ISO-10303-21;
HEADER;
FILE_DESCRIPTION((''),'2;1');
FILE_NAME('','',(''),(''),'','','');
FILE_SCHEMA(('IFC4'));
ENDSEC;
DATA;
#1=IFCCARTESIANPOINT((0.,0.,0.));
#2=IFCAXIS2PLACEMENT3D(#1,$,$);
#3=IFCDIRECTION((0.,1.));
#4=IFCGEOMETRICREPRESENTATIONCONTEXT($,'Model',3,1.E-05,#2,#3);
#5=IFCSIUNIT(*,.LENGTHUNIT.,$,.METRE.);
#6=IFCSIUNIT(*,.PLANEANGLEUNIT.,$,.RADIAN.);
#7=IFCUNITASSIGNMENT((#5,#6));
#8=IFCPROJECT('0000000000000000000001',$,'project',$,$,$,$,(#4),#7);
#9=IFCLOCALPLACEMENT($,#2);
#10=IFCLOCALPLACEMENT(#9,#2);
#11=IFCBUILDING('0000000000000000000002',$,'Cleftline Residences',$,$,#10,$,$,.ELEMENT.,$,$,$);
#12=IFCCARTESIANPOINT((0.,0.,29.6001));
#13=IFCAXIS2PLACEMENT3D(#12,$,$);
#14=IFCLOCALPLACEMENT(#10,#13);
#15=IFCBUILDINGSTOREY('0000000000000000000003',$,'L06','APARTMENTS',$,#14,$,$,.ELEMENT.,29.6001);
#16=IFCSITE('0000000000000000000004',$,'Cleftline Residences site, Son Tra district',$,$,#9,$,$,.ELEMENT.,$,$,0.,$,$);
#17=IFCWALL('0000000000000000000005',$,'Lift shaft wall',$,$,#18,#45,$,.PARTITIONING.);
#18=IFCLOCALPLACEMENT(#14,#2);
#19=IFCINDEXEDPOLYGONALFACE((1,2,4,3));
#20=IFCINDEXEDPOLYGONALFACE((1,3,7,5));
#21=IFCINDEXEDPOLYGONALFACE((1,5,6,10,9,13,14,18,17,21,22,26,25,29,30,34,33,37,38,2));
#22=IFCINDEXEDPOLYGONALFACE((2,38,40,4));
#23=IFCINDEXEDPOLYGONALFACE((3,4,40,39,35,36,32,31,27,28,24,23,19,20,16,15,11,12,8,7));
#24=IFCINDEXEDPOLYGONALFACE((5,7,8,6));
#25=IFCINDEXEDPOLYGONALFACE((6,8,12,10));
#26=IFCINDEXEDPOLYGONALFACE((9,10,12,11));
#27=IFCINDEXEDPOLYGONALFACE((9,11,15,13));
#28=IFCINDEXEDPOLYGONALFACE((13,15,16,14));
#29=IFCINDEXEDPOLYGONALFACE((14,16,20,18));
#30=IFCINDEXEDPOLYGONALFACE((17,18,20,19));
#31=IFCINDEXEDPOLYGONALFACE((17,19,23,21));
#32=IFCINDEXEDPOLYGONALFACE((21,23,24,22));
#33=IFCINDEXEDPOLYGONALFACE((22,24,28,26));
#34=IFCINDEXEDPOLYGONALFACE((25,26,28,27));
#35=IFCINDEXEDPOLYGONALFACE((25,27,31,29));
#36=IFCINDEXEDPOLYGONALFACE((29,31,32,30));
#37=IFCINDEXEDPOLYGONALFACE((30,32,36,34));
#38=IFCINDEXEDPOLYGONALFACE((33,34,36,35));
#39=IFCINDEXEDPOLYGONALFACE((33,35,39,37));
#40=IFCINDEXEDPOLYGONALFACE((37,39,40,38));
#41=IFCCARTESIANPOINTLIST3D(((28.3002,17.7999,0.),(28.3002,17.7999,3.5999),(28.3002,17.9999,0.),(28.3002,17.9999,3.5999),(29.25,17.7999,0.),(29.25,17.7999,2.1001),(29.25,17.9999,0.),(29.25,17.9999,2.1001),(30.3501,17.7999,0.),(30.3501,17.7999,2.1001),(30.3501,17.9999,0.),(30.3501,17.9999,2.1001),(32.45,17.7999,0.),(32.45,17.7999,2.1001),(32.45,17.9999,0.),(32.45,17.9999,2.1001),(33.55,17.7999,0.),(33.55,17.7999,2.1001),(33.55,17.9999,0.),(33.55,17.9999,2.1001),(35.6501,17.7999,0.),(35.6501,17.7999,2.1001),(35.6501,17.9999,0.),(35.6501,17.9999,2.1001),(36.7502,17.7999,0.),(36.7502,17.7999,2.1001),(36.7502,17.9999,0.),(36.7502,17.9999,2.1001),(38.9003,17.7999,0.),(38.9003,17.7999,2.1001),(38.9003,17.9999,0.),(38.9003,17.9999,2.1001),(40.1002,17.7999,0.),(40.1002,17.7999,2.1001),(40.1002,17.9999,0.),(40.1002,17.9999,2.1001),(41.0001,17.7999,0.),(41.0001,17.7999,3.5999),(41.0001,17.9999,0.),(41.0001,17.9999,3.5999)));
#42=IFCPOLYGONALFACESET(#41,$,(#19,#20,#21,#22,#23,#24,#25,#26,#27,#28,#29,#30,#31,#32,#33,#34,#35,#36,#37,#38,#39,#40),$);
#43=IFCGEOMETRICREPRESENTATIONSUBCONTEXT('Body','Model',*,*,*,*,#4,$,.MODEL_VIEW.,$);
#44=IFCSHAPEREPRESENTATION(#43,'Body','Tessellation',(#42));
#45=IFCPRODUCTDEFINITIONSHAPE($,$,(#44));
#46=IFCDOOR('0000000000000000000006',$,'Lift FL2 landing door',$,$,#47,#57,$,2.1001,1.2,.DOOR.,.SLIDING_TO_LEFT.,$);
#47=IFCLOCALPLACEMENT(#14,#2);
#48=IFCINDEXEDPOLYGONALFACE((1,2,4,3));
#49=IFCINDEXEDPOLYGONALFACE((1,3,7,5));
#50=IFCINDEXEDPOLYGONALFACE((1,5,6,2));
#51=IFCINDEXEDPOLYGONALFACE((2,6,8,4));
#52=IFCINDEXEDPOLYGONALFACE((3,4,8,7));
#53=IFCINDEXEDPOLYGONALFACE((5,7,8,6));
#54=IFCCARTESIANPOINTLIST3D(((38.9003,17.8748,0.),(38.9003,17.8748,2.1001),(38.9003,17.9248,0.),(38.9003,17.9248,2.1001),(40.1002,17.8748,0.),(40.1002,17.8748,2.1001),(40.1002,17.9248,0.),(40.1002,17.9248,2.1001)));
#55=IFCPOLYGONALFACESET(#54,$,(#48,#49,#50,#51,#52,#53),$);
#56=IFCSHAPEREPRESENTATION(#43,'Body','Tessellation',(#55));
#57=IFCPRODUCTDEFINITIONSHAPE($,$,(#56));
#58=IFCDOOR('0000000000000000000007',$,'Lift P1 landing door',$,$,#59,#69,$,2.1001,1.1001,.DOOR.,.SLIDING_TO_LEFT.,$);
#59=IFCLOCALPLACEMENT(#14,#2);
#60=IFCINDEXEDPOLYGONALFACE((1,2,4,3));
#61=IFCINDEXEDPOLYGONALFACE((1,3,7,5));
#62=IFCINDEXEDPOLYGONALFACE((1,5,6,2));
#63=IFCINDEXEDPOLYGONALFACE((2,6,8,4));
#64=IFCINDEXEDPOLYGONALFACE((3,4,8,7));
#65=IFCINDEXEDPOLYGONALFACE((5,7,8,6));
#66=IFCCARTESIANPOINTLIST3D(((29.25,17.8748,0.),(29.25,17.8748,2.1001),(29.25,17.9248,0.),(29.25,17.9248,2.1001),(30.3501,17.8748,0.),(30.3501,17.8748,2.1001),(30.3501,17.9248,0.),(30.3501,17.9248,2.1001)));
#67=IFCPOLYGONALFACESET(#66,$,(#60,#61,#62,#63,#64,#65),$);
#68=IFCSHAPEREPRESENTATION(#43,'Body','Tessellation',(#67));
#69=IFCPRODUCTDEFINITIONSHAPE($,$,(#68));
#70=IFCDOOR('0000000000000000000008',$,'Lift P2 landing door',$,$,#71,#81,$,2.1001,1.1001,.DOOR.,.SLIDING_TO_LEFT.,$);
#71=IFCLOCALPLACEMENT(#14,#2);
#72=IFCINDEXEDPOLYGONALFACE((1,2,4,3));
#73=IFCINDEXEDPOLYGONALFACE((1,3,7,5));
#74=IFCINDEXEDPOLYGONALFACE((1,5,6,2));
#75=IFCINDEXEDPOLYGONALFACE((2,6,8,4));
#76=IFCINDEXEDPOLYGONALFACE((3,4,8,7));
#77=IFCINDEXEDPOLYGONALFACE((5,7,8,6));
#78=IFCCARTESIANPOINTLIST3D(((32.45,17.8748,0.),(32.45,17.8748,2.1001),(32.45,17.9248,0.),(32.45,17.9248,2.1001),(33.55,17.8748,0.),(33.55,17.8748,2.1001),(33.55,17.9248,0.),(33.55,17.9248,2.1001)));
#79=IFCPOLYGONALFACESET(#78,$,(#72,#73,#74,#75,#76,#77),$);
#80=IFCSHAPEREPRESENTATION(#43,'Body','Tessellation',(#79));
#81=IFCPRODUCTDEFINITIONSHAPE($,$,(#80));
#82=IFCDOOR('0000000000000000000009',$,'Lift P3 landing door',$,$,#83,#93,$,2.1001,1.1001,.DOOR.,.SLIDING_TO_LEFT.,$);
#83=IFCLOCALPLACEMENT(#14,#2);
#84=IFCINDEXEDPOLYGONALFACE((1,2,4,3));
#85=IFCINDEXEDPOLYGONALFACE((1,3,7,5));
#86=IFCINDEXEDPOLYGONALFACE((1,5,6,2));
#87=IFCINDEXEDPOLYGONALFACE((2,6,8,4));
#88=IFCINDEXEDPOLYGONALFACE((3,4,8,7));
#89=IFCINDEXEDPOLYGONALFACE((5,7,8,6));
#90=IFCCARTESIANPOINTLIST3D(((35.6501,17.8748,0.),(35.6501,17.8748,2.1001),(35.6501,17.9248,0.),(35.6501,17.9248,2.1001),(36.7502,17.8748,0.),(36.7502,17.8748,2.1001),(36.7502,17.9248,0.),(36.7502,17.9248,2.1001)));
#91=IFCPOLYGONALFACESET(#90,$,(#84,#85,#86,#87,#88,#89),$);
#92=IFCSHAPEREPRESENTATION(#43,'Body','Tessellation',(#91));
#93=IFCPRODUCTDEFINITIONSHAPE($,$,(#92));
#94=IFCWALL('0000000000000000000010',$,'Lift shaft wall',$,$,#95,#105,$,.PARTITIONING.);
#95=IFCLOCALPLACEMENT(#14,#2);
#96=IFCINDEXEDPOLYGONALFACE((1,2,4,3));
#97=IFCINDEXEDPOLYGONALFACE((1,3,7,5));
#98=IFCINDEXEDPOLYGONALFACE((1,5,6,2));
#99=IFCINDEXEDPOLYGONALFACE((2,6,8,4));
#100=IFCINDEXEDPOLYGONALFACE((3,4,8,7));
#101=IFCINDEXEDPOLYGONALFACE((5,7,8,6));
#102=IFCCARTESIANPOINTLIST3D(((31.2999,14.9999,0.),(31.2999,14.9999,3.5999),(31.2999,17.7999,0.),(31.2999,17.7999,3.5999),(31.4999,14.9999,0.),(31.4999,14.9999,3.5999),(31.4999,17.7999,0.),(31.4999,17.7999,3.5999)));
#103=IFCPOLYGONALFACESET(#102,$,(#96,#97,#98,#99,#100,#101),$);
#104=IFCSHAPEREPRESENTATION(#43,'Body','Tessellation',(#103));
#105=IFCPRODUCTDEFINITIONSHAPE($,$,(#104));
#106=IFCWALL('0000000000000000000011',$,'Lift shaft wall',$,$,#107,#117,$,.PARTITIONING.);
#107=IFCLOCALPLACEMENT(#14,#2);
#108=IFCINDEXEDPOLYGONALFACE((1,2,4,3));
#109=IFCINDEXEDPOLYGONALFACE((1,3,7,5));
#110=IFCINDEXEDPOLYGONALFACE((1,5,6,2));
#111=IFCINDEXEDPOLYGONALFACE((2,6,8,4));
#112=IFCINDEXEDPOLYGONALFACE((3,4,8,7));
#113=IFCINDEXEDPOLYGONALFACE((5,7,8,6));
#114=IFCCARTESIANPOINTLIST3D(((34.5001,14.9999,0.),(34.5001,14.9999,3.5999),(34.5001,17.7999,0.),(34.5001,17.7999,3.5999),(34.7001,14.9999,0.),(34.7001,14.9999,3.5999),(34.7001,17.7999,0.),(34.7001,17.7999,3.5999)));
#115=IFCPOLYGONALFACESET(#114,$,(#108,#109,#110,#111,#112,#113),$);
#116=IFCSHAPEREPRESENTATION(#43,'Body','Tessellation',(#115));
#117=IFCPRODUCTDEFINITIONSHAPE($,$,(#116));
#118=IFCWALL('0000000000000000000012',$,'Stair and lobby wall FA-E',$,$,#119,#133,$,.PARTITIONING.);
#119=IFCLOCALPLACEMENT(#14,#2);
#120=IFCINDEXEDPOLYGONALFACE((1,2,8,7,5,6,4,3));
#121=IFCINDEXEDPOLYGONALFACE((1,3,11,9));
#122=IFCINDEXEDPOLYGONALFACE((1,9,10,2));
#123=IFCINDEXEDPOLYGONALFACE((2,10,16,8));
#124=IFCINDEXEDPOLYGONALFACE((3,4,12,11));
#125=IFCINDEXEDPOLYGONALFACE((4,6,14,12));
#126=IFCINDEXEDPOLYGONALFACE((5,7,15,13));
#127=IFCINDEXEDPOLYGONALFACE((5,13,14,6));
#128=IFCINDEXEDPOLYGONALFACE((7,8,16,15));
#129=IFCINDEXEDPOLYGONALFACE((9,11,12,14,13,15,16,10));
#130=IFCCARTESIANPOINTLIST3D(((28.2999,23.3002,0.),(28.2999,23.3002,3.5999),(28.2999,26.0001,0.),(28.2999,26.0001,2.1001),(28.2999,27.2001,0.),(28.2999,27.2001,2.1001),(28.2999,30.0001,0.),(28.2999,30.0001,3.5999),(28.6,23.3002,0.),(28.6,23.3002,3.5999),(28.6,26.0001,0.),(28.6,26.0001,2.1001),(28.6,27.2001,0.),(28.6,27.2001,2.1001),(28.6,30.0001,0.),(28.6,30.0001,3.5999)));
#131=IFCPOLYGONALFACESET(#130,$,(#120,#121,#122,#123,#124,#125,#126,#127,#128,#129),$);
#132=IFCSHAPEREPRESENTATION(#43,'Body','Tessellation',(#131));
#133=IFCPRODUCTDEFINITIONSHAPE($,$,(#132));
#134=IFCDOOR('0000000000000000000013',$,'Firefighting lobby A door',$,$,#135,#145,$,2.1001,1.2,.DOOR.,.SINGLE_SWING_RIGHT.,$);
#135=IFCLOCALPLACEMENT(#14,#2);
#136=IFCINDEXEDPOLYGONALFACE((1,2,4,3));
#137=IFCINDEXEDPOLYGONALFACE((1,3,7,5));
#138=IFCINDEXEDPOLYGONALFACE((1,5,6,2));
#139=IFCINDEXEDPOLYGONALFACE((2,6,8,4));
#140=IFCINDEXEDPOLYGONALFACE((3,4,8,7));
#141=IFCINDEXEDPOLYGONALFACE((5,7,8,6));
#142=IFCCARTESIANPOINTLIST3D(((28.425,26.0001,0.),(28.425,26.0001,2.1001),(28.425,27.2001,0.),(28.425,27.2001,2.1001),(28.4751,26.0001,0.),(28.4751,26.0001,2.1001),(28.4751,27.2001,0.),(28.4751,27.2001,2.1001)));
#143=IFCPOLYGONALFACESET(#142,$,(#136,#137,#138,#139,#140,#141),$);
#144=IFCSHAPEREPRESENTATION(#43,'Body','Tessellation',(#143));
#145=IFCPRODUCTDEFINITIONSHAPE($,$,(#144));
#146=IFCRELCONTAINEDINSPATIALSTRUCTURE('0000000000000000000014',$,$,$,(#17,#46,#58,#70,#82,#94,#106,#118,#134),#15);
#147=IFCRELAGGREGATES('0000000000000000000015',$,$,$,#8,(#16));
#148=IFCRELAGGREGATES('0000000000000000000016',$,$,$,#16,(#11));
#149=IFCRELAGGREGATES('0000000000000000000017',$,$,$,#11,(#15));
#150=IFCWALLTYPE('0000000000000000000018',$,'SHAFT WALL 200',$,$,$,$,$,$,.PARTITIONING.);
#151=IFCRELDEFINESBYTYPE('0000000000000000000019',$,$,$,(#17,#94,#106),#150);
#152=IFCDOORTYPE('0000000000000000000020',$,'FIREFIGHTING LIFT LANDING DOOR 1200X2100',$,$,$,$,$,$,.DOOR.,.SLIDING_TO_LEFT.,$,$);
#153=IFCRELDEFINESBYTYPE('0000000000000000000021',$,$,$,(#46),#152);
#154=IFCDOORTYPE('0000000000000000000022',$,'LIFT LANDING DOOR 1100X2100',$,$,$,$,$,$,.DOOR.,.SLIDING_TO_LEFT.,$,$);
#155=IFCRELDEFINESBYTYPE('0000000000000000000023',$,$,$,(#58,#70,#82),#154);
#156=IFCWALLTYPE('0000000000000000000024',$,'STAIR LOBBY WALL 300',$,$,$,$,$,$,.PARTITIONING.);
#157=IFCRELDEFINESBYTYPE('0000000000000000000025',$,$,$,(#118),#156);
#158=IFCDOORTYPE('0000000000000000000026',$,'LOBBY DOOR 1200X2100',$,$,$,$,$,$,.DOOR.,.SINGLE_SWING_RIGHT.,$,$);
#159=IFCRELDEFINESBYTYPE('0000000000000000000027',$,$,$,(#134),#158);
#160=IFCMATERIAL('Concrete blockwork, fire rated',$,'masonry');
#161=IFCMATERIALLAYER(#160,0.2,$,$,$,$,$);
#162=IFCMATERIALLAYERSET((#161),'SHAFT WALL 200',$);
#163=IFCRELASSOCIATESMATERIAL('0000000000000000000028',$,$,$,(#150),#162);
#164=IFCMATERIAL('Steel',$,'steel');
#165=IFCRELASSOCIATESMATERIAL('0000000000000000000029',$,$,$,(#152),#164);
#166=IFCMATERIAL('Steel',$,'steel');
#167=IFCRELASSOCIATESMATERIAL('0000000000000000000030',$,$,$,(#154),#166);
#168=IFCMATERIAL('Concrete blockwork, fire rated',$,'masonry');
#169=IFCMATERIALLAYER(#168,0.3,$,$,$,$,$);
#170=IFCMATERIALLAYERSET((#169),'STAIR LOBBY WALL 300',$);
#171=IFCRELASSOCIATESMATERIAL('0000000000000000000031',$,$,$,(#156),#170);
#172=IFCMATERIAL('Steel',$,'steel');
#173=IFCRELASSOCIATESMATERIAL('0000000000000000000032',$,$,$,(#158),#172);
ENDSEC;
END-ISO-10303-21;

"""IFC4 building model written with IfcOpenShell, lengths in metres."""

from ifc_helpers import new_model, si_unit, direction, frame, frame_2d, origin, place, context, subcontext, project, spatial, rectangle, extrude, material, layer, layer_set, type_object, element, fill, save


model = new_model("IFC4")

# Units and contexts
model_context = context("Model", 3, precision=1e-05, world=origin(), true_north=direction((0.0, 1.0)))
body_context = subcontext(model_context, "Body", "Model", "MODEL_VIEW")
ifc_project = project(units=[si_unit("LENGTHUNIT", "METRE"), si_unit("PLANEANGLEUNIT", "RADIAN")], contexts=[model_context])

# Site, building, storey
site_placement = place(None, origin())
site = spatial("IfcSite", under=ifc_project, at=site_placement, Name="Cleftline Residences site, Son Tra district", CompositionType="ELEMENT", RefElevation=0.0)
building_placement = place(site_placement, origin())
building = spatial("IfcBuilding", under=site, at=building_placement, Name="Cleftline Residences", CompositionType="ELEMENT")
storey_placement = place(building_placement, frame((0.0, 0.0, 29.6001)))
storey = spatial("IfcBuildingStorey", under=building, at=storey_placement, Name="L06", Description="APARTMENTS", CompositionType="ELEMENT", Elevation=29.6001)

# Wall, openings, doors
ifc_material_1 = material(Name="Concrete blockwork, fire rated", Category="masonry")
ifc_layer_1 = layer(ifc_material_1, 0.2)
ifc_layer_set_1 = layer_set([ifc_layer_1], Name="SHAFT WALL 200")
wall_type_1 = type_object("IfcWallType", Name="SHAFT WALL 200", PredefinedType="PARTITIONING", material=ifc_layer_set_1)
wall_1_placement = place(storey_placement, frame((28.3, 17.8999, 0.0), z_axis=(0.0, 0.0, 1.0), x_axis=(1.0, 0.0, 0.0)))
wall_1 = element("IfcWall", 1, at=wall_1_placement, inside=storey, type_object=wall_type_1, Name="Lift shaft wall", PredefinedType="PARTITIONING", context=body_context, shape_type="SweptSolid", body=[
    extrude(rectangle(XDim=12.7, YDim=0.2, at=frame_2d((6.3501, 0.0))), origin(), (0.0, 0.0, 1.0), 3.5999),
])
opening_1_placement = place(wall_1_placement, frame((0.95, 0.0, 0.0)))
opening_1 = element("IfcOpeningElement", 2, at=opening_1_placement, cuts=wall_1, PredefinedType="OPENING", context=body_context, shape_type="SweptSolid", body=[
    extrude(rectangle(XDim=1.1001, YDim=2.1001, at=frame_2d((0.55, 1.05))), frame((0.0, 0.1099, 0.0), z_axis=(0.0, -1.0, 0.0), x_axis=(1.0, 0.0, 0.0)), (0.0, 0.0, 1.0), 0.22),
])
opening_2_placement = place(wall_1_placement, frame((4.1499, 0.0, 0.0)))
opening_2 = element("IfcOpeningElement", 3, at=opening_2_placement, cuts=wall_1, PredefinedType="OPENING", context=body_context, shape_type="SweptSolid", body=[
    extrude(rectangle(XDim=1.1001, YDim=2.1001, at=frame_2d((0.55, 1.05))), frame((0.0, 0.1099, 0.0), z_axis=(0.0, -1.0, 0.0), x_axis=(1.0, 0.0, 0.0)), (0.0, 0.0, 1.0), 0.22),
])
opening_3_placement = place(wall_1_placement, frame((7.3501, 0.0, 0.0)))
opening_3 = element("IfcOpeningElement", 4, at=opening_3_placement, cuts=wall_1, PredefinedType="OPENING", context=body_context, shape_type="SweptSolid", body=[
    extrude(rectangle(XDim=1.1001, YDim=2.1001, at=frame_2d((0.55, 1.05))), frame((0.0, 0.1099, 0.0), z_axis=(0.0, -1.0, 0.0), x_axis=(1.0, 0.0, 0.0)), (0.0, 0.0, 1.0), 0.22),
])
opening_4_placement = place(wall_1_placement, frame((10.6001, 0.0, 0.0)))
opening_4 = element("IfcOpeningElement", 5, at=opening_4_placement, cuts=wall_1, PredefinedType="OPENING", context=body_context, shape_type="SweptSolid", body=[
    extrude(rectangle(XDim=1.2, YDim=2.1001, at=frame_2d((0.6001, 1.05))), frame((0.0, 0.1099, 0.0), z_axis=(0.0, -1.0, 0.0), x_axis=(1.0, 0.0, 0.0)), (0.0, 0.0, 1.0), 0.22),
])
ifc_material_2 = material(Name="Steel", Category="steel")
door_type_1 = type_object("IfcDoorType", Name="FIREFIGHTING LIFT LANDING DOOR 1200X2100", OperationType="SLIDING_TO_LEFT", PredefinedType="DOOR", material=ifc_material_2)
door_1_placement = place(opening_4_placement, origin())
door_1 = element("IfcDoor", 6, at=door_1_placement, inside=storey, type_object=door_type_1, Name="Lift FL2 landing door", OperationType="SLIDING_TO_LEFT", OverallHeight=2.1001, OverallWidth=1.2, PredefinedType="DOOR", context=body_context, shape_type="SweptSolid", body=[
    extrude(rectangle(XDim=1.2, YDim=2.1001, at=frame_2d((0.6001, 1.05))), frame((0.0, 0.0249, 0.0), z_axis=(0.0, -1.0, 0.0), x_axis=(1.0, 0.0, 0.0)), (0.0, 0.0, 1.0), 0.05),
])
fill(opening_4, door_1)
ifc_material_3 = material(Name="Steel", Category="steel")
door_type_2 = type_object("IfcDoorType", Name="LIFT LANDING DOOR 1100X2100", OperationType="SLIDING_TO_LEFT", PredefinedType="DOOR", material=ifc_material_3)
door_2_placement = place(opening_1_placement, origin())
door_2 = element("IfcDoor", 7, at=door_2_placement, inside=storey, type_object=door_type_2, Name="Lift P1 landing door", OperationType="SLIDING_TO_LEFT", OverallHeight=2.1001, OverallWidth=1.1001, PredefinedType="DOOR", context=body_context, shape_type="SweptSolid", body=[
    extrude(rectangle(XDim=1.1001, YDim=2.1001, at=frame_2d((0.55, 1.05))), frame((0.0, 0.0249, 0.0), z_axis=(0.0, -1.0, 0.0), x_axis=(1.0, 0.0, 0.0)), (0.0, 0.0, 1.0), 0.05),
])
fill(opening_1, door_2)
door_3_placement = place(opening_2_placement, origin())
door_3 = element("IfcDoor", 8, at=door_3_placement, inside=storey, type_object=door_type_2, Name="Lift P2 landing door", OperationType="SLIDING_TO_LEFT", OverallHeight=2.1001, OverallWidth=1.1001, PredefinedType="DOOR", context=body_context, shape_type="SweptSolid", body=[
    extrude(rectangle(XDim=1.1001, YDim=2.1001, at=frame_2d((0.55, 1.05))), frame((0.0, 0.0249, 0.0), z_axis=(0.0, -1.0, 0.0), x_axis=(1.0, 0.0, 0.0)), (0.0, 0.0, 1.0), 0.05),
])
fill(opening_2, door_3)
door_4_placement = place(opening_3_placement, origin())
door_4 = element("IfcDoor", 9, at=door_4_placement, inside=storey, type_object=door_type_2, Name="Lift P3 landing door", OperationType="SLIDING_TO_LEFT", OverallHeight=2.1001, OverallWidth=1.1001, PredefinedType="DOOR", context=body_context, shape_type="SweptSolid", body=[
    extrude(rectangle(XDim=1.1001, YDim=2.1001, at=frame_2d((0.55, 1.05))), frame((0.0, 0.0249, 0.0), z_axis=(0.0, -1.0, 0.0), x_axis=(1.0, 0.0, 0.0)), (0.0, 0.0, 1.0), 0.05),
])
fill(opening_3, door_4)

# Walls
for number, where, z_axis, x_axis, name in (
    (10, (31.3999, 15.0, 0.0), (0.0, 0.0, 1.0), (0.0, 1.0, 0.0), "Lift shaft wall"),
    (11, (34.6001, 15.0, 0.0), (0.0, 0.0, 1.0), (0.0, 1.0, 0.0), "Lift shaft wall"),
):
    element("IfcWall", number, at=place(storey_placement, frame(where, z_axis=z_axis, x_axis=x_axis)), inside=storey, type_object=wall_type_1, Name=name, PredefinedType="PARTITIONING", context=body_context, shape_type="SweptSolid", body=[
        extrude(rectangle(XDim=2.8, YDim=0.2, at=frame_2d((1.3999, 0.0))), origin(), (0.0, 0.0, 1.0), 3.5999),
    ])

# Wall, opening, door
ifc_material_4 = material(Name="Concrete blockwork, fire rated", Category="masonry")
ifc_layer_2 = layer(ifc_material_4, 0.3)
ifc_layer_set_2 = layer_set([ifc_layer_2], Name="STAIR LOBBY WALL 300")
wall_type_2 = type_object("IfcWallType", Name="STAIR LOBBY WALL 300", PredefinedType="PARTITIONING", material=ifc_layer_set_2)
wall_2_placement = place(storey_placement, frame((28.45, 23.3, 0.0), z_axis=(0.0, 0.0, 1.0), x_axis=(0.0, 1.0, 0.0)))
wall_2 = element("IfcWall", 12, at=wall_2_placement, inside=storey, type_object=wall_type_2, Name="Stair and lobby wall FA-E", PredefinedType="PARTITIONING", context=body_context, shape_type="SweptSolid", body=[
    extrude(rectangle(XDim=6.7, YDim=0.3, at=frame_2d((3.3501, 0.0))), origin(), (0.0, 0.0, 1.0), 3.5999),
])
opening_5_placement = place(wall_2_placement, frame((2.7, 0.0, 0.0)))
opening_5 = element("IfcOpeningElement", 13, at=opening_5_placement, cuts=wall_2, PredefinedType="OPENING", context=body_context, shape_type="SweptSolid", body=[
    extrude(rectangle(XDim=1.2, YDim=2.1001, at=frame_2d((0.6001, 1.05))), frame((0.0, 0.1599, 0.0), z_axis=(0.0, -1.0, 0.0), x_axis=(1.0, 0.0, 0.0)), (0.0, 0.0, 1.0), 0.3201),
])
ifc_material_5 = material(Name="Steel", Category="steel")
door_type_3 = type_object("IfcDoorType", Name="LOBBY DOOR 1200X2100", OperationType="SINGLE_SWING_RIGHT", PredefinedType="DOOR", material=ifc_material_5)
door_5_placement = place(opening_5_placement, origin())
door_5 = element("IfcDoor", 14, at=door_5_placement, inside=storey, type_object=door_type_3, Name="Firefighting lobby A door", OperationType="SINGLE_SWING_RIGHT", OverallHeight=2.1001, OverallWidth=1.2, PredefinedType="DOOR", context=body_context, shape_type="SweptSolid", body=[
    extrude(rectangle(XDim=1.2, YDim=2.1001, at=frame_2d((0.6001, 1.05))), frame((0.0, 0.0249, 0.0), z_axis=(0.0, -1.0, 0.0), x_axis=(1.0, 0.0, 0.0)), (0.0, 0.0, 1.0), 0.05),
])
fill(opening_5, door_5)

save(model, "model.ifc")
